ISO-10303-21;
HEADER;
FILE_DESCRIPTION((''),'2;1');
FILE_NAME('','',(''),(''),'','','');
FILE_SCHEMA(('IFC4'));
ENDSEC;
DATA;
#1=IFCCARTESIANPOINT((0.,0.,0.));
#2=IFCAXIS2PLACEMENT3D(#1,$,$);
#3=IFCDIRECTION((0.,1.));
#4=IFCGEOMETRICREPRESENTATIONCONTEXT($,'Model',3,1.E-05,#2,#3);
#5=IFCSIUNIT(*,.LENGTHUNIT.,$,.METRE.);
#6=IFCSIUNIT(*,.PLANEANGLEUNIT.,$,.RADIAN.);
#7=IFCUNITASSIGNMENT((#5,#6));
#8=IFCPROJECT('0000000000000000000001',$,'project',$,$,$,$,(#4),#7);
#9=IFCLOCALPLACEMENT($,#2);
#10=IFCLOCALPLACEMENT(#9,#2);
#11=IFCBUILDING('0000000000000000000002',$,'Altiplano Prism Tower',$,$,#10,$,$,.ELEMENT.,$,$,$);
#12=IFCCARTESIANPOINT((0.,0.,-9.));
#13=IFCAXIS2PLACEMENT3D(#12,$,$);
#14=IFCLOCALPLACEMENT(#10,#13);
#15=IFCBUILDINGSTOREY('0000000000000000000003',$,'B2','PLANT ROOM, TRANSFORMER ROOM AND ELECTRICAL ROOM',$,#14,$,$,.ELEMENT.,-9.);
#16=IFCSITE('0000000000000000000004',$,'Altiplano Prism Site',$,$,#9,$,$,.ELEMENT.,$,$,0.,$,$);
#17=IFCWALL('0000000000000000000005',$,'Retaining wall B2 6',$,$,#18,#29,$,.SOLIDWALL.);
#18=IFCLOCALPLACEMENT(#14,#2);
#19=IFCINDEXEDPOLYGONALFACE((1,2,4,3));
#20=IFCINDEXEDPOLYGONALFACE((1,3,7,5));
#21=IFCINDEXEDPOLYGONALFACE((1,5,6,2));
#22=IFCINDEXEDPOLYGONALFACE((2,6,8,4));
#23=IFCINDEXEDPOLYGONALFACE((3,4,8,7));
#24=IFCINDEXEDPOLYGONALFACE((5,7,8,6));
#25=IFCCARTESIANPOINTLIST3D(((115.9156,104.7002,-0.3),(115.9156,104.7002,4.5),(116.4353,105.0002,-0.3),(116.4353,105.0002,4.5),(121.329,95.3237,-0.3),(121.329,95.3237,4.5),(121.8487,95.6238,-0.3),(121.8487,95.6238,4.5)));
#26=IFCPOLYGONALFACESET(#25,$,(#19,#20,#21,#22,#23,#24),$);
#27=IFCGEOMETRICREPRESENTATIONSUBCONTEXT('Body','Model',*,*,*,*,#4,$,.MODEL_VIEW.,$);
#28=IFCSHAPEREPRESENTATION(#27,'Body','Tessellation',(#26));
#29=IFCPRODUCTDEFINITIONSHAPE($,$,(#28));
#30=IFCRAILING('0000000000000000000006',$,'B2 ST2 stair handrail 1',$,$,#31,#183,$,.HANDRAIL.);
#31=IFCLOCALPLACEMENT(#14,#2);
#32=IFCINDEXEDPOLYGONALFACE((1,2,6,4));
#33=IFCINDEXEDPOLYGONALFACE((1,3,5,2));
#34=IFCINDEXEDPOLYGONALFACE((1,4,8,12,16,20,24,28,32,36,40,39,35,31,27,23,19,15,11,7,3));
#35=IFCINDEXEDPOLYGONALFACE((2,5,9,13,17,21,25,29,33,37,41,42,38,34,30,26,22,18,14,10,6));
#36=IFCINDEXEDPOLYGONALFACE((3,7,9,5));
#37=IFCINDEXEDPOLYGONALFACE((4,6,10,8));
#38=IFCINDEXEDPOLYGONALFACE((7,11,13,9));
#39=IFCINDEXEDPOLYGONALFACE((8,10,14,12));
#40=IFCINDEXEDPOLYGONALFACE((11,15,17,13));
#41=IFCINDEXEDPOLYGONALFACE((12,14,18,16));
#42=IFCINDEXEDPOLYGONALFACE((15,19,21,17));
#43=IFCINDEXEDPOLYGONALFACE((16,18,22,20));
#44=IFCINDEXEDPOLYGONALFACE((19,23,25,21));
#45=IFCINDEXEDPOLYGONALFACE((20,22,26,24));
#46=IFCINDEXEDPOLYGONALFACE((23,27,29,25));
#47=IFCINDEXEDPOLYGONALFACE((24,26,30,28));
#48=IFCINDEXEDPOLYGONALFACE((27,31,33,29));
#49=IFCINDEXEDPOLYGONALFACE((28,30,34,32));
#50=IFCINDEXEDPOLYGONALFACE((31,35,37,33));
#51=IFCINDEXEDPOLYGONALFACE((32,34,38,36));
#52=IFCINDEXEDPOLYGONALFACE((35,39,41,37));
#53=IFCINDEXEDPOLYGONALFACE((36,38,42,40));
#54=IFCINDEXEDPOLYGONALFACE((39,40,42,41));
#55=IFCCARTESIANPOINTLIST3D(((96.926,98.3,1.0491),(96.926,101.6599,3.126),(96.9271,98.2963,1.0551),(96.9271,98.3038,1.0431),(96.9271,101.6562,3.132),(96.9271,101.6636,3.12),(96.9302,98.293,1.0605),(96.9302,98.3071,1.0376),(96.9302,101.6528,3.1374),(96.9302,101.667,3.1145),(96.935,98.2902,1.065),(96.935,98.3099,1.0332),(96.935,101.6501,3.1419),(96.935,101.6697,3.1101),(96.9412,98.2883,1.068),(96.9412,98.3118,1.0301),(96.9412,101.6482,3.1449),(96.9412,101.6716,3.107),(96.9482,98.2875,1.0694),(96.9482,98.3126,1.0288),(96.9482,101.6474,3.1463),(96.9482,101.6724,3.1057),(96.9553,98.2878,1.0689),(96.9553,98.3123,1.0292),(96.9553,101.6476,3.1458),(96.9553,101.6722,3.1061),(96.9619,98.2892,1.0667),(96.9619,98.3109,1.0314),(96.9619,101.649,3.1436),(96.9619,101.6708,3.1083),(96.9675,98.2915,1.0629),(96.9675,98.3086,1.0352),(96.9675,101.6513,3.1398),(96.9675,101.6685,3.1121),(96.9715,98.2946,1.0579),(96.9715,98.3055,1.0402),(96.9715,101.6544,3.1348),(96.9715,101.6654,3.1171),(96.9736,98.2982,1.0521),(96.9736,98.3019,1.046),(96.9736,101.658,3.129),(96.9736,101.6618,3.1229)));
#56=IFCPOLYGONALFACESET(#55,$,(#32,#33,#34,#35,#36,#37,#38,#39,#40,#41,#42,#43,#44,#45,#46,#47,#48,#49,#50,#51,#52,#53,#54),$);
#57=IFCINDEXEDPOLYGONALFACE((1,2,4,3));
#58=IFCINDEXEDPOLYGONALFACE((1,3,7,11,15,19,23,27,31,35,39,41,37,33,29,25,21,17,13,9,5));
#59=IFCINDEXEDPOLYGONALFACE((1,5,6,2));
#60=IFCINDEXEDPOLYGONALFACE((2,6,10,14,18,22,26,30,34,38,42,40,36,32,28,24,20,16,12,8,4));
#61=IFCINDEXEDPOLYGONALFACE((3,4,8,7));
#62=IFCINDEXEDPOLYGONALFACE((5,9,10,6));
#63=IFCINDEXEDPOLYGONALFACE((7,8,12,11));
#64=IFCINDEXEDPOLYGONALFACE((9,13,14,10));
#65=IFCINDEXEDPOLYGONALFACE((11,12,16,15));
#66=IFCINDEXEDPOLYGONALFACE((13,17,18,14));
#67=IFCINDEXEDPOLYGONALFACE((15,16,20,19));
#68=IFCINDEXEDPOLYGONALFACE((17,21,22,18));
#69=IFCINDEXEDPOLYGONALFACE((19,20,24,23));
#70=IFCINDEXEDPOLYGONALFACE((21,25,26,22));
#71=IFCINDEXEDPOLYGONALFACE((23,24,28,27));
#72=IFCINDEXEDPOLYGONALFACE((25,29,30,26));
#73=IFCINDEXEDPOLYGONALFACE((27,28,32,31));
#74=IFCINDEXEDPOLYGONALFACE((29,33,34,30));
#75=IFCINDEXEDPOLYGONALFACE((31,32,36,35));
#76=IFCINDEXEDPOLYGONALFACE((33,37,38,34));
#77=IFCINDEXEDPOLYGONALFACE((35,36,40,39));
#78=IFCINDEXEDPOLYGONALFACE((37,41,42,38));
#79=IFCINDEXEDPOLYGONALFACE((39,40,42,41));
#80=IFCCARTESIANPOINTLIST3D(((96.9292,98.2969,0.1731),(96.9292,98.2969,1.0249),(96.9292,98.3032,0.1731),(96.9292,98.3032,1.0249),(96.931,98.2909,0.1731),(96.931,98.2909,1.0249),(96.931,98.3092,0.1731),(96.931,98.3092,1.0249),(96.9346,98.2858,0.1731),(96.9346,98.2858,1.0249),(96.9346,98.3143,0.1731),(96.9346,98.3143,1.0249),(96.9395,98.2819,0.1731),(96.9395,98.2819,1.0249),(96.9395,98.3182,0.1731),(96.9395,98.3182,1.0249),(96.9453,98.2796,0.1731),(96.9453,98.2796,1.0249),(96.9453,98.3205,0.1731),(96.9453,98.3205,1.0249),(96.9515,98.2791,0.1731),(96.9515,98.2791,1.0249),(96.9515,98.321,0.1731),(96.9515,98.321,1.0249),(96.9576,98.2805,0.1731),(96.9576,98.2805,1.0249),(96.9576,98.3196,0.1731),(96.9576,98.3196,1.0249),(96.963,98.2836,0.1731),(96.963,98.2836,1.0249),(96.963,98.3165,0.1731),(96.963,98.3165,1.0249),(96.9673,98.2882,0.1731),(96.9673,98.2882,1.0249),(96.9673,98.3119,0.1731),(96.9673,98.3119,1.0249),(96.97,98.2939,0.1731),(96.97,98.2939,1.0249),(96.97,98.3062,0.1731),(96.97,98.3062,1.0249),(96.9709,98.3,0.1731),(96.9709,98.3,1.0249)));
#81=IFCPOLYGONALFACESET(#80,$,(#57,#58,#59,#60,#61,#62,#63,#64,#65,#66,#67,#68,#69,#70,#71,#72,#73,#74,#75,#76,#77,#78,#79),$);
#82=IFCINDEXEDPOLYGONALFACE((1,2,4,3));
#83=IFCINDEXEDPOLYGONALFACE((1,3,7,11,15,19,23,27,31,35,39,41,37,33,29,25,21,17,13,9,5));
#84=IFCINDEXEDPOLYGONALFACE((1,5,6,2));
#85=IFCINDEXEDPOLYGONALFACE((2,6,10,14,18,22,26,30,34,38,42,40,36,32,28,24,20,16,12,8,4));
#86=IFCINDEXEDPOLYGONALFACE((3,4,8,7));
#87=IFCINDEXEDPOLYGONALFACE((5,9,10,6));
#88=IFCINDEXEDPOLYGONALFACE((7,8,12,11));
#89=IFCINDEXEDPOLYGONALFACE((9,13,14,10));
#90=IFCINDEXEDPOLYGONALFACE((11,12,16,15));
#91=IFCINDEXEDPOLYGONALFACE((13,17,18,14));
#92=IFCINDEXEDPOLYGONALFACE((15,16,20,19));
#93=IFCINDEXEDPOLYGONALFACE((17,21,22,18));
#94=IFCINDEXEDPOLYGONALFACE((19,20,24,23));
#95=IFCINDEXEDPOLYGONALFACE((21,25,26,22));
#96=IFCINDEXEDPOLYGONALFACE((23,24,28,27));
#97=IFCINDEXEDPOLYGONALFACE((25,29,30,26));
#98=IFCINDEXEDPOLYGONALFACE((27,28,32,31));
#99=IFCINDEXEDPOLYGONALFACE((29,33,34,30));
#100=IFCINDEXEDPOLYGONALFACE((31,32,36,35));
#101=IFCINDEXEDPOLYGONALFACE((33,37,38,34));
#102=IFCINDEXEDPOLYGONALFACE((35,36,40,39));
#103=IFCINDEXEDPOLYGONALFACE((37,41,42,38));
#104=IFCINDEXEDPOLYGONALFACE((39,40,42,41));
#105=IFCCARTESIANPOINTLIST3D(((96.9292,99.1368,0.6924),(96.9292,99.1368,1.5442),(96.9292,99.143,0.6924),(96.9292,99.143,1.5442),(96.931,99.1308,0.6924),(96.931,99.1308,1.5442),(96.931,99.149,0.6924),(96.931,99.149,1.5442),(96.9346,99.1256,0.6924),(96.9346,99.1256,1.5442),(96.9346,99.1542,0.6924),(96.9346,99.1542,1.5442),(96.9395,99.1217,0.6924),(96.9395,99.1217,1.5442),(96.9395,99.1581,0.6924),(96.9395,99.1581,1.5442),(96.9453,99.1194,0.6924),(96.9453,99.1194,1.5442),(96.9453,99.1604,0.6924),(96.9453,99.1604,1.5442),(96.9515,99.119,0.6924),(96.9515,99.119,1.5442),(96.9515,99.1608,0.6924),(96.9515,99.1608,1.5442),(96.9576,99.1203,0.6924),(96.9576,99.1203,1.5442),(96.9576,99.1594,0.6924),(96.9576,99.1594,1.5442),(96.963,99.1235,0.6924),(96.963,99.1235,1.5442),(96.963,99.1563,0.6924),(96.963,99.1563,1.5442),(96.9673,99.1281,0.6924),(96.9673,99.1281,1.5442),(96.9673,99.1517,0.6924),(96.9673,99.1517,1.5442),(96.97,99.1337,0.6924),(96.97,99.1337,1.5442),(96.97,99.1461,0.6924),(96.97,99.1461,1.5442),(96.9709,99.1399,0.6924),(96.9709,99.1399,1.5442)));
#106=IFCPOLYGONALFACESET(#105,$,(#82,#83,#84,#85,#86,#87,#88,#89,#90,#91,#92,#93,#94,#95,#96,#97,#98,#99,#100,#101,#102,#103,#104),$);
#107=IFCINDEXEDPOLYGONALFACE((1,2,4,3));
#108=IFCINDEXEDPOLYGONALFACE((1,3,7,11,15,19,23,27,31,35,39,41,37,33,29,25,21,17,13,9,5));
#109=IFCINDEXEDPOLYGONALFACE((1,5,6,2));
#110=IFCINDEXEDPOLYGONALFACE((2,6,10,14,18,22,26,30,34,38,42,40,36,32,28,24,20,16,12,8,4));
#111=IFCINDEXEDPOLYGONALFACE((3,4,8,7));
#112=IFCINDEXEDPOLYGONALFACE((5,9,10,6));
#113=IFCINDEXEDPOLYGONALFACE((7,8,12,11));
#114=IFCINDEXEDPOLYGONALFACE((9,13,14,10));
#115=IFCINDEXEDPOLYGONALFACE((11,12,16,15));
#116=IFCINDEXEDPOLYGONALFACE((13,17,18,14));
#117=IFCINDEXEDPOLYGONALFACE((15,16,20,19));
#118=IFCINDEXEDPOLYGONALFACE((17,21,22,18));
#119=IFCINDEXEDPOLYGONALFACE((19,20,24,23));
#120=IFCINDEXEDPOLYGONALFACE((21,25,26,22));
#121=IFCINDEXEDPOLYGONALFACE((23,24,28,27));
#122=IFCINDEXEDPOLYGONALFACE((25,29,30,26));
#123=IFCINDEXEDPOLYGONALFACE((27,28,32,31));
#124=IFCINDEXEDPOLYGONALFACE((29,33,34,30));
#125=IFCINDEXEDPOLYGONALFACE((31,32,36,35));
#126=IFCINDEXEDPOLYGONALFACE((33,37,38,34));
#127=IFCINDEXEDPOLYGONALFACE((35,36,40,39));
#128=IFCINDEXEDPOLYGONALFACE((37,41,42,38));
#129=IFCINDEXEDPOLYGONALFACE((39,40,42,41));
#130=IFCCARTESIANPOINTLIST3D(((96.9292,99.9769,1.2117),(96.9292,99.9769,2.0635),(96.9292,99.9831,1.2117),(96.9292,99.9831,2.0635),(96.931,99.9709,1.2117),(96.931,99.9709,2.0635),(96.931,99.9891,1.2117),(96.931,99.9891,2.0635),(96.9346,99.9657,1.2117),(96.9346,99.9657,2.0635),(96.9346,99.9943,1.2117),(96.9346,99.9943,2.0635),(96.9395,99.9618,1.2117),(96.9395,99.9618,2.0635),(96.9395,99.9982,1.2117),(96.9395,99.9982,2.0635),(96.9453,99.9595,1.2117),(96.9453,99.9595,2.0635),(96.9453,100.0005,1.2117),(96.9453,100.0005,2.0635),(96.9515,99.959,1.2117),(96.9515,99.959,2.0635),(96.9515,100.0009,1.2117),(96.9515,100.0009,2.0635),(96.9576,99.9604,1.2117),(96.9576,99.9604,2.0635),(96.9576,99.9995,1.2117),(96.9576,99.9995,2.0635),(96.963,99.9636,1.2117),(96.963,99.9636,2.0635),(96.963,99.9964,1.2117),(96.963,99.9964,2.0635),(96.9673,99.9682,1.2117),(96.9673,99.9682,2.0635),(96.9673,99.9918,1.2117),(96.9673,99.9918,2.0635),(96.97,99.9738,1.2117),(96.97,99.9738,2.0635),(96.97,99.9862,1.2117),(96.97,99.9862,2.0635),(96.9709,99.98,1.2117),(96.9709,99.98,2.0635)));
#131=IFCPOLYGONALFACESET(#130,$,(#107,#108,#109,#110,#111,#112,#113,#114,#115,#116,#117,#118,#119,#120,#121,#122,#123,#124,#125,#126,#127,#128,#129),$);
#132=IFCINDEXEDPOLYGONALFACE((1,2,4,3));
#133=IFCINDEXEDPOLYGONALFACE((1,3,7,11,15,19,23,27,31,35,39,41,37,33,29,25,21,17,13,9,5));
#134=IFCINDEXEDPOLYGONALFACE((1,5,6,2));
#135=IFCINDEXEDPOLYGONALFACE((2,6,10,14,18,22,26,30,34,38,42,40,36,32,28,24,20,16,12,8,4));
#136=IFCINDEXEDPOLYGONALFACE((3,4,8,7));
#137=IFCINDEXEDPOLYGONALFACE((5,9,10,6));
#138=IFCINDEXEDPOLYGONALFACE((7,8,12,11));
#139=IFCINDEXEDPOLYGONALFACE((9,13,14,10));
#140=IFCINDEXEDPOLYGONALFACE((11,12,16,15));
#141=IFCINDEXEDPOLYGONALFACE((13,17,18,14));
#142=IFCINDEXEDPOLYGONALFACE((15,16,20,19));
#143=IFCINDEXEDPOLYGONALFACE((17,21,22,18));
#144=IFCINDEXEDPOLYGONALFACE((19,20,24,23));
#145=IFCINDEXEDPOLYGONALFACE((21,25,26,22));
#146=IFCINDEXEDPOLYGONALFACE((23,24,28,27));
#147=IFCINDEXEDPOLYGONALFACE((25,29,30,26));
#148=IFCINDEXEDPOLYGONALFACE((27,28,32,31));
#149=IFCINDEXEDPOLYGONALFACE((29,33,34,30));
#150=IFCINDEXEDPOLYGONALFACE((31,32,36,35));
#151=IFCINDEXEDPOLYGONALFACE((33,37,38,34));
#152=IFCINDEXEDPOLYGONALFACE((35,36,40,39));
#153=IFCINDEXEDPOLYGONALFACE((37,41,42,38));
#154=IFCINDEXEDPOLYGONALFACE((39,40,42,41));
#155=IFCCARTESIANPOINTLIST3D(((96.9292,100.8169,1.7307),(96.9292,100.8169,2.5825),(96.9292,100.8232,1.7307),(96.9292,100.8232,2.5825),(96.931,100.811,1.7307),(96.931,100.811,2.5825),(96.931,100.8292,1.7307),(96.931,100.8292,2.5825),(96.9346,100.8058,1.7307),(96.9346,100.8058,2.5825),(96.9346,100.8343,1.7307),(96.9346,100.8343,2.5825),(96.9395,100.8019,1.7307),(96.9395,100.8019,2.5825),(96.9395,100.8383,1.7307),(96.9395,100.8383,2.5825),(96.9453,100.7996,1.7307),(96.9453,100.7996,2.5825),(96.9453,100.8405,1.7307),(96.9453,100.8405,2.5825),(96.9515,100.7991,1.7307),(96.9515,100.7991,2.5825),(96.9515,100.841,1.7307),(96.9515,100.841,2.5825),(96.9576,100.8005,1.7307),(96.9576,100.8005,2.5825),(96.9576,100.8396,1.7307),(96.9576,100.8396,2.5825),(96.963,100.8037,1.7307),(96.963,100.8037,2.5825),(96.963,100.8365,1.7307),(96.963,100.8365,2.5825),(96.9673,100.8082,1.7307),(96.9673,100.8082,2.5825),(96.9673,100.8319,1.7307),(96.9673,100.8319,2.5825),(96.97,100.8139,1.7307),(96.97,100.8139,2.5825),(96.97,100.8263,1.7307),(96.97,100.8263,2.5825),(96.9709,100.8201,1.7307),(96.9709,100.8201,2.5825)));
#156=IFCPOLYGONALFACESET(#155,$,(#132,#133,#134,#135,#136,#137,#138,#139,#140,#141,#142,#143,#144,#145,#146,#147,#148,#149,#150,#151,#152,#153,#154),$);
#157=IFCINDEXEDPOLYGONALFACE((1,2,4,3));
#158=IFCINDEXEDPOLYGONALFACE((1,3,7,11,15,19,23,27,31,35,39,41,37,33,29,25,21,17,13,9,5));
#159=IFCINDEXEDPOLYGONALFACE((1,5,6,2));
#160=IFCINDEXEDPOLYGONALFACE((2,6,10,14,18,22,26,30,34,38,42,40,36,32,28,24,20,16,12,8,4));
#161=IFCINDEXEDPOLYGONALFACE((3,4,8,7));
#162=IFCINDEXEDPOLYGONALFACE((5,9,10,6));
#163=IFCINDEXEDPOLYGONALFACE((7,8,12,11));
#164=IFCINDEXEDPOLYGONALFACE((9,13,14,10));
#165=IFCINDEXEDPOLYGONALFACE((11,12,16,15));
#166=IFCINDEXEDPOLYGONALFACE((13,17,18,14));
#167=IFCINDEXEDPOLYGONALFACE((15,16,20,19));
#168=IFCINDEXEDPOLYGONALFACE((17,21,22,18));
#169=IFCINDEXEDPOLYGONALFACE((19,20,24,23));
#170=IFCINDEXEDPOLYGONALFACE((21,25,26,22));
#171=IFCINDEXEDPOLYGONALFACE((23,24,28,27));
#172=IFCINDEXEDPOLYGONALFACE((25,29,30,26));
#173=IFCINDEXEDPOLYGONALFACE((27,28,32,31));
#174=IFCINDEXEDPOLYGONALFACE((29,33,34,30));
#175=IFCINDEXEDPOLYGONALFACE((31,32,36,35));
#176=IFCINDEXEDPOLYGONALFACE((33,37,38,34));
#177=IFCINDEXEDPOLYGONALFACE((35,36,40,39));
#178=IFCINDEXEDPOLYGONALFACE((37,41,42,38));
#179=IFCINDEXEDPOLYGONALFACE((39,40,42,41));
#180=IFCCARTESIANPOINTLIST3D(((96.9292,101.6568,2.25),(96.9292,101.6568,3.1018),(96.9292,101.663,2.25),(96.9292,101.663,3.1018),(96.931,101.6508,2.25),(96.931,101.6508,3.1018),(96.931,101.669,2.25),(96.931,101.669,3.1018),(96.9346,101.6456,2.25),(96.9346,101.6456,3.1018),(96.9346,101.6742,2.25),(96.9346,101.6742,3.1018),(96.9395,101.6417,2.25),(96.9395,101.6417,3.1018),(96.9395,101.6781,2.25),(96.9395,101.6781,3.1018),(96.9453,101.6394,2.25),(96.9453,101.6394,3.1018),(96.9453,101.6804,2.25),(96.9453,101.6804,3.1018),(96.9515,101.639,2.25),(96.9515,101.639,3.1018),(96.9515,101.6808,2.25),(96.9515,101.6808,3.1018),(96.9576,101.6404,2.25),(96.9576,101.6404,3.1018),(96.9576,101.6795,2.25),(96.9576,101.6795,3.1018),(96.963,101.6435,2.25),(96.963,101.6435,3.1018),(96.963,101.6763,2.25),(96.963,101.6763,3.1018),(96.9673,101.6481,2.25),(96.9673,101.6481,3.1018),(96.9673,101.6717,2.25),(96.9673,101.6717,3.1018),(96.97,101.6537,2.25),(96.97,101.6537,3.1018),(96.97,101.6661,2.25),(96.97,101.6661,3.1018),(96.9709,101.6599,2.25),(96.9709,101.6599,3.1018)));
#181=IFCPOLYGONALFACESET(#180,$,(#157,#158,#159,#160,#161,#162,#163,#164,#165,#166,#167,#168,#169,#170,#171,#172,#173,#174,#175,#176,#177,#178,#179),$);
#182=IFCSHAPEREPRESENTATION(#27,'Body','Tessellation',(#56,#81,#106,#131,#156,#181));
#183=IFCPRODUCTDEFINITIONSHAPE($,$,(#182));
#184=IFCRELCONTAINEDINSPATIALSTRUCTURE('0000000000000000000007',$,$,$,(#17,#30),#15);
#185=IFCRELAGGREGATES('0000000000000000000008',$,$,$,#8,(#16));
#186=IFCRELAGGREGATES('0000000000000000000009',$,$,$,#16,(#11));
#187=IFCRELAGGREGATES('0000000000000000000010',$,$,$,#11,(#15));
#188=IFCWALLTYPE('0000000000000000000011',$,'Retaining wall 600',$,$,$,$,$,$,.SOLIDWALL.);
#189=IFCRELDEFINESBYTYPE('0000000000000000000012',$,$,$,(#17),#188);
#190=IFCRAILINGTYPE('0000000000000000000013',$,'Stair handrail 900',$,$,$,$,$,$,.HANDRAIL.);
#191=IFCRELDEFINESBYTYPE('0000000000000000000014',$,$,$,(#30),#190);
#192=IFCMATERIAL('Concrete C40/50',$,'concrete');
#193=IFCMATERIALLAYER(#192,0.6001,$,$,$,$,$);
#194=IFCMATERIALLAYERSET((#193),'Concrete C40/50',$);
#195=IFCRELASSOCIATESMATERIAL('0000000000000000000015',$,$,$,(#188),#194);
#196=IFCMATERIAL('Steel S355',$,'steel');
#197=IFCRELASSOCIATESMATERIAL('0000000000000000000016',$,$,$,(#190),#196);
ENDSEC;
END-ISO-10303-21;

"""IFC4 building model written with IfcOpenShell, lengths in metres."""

from ifc_helpers import new_model, si_unit, direction, frame, frame_2d, origin, origin_2d, place, context, subcontext, project, spatial, rectangle, circle, extrude, material, layer, layer_set, type_object, element, save


model = new_model("IFC4")

# Units and contexts
model_context = context("Model", 3, precision=1e-05, world=origin(), true_north=direction((0.0, 1.0)))
body_context = subcontext(model_context, "Body", "Model", "MODEL_VIEW")
ifc_project = project(units=[si_unit("LENGTHUNIT", "METRE"), si_unit("PLANEANGLEUNIT", "RADIAN")], contexts=[model_context])

# Site, building, storey
site_placement = place(None, origin())
site = spatial("IfcSite", under=ifc_project, at=site_placement, Name="Altiplano Prism Site", CompositionType="ELEMENT", RefElevation=0.0)
building_placement = place(site_placement, origin())
building = spatial("IfcBuilding", under=site, at=building_placement, Name="Altiplano Prism Tower", CompositionType="ELEMENT")
storey_placement = place(building_placement, frame((0.0, 0.0, -9.0)))
storey = spatial("IfcBuildingStorey", under=building, at=storey_placement, Name="B2", Description="PLANT ROOM, TRANSFORMER ROOM AND ELECTRICAL ROOM", CompositionType="ELEMENT", Elevation=-9.0)

# Wall
ifc_material_1 = material(Name="Concrete C40/50", Category="concrete")
ifc_layer_1 = layer(ifc_material_1, 0.6001)
ifc_layer_set_1 = layer_set([ifc_layer_1], Name="Concrete C40/50")
wall_type_1 = type_object("IfcWallType", Name="Retaining wall 600", PredefinedType="SOLIDWALL", material=ifc_layer_set_1)
wall_1_placement = place(storey_placement, frame((121.5889, 95.4736, -0.3), z_axis=(0.0, 0.0, 1.0), x_axis=(-0.499988, 0.866032, 0.0)))
element("IfcWall", 1, at=wall_1_placement, inside=storey, type_object=wall_type_1, Name="Retaining wall B2 6", PredefinedType="SOLIDWALL", context=body_context, shape_type="SweptSolid", body=[
    extrude(rectangle(XDim=10.8269, YDim=0.6001, at=frame_2d((5.4136, 0.0))), origin(), (0.0, 0.0, 1.0), 4.8),
])

# Railing
ifc_material_2 = material(Name="Steel S355", Category="steel")
railing_type = type_object("IfcRailingType", Name="Stair handrail 900", PredefinedType="HANDRAIL", material=ifc_material_2)
railing_placement = place(storey_placement, frame((96.95, 98.3, 0.1731)))
element("IfcRailing", 2, at=railing_placement, inside=storey, type_object=railing_type, Name="B2 ST2 stair handrail 1", PredefinedType="HANDRAIL", context=body_context, shape_type="SweptSolid", body=[
    extrude(circle(Radius=0.0239, at=origin_2d()), frame((0.0, 0.0, 0.876), z_axis=(0.0, 0.850606, 0.525803), x_axis=(-1.0, 0.0, 0.0)), (0.0, 0.0, 1.0), 3.95),
    extrude(circle(Radius=0.021, at=origin_2d()), origin(), (0.0, 0.0, 1.0), 0.8518),
    extrude(circle(Radius=0.021, at=origin_2d()), frame((0.0, 0.8398, 0.5193)), (0.0, 0.0, 1.0), 0.8518),
    extrude(circle(Radius=0.021, at=origin_2d()), frame((0.0, 1.6799, 1.0386)), (0.0, 0.0, 1.0), 0.8518),
    extrude(circle(Radius=0.021, at=origin_2d()), frame((0.0, 2.52, 1.5576)), (0.0, 0.0, 1.0), 0.8518),
    extrude(circle(Radius=0.021, at=origin_2d()), frame((0.0, 3.3599, 2.0769)), (0.0, 0.0, 1.0), 0.8518),
])

save(model, "model.ifc")
